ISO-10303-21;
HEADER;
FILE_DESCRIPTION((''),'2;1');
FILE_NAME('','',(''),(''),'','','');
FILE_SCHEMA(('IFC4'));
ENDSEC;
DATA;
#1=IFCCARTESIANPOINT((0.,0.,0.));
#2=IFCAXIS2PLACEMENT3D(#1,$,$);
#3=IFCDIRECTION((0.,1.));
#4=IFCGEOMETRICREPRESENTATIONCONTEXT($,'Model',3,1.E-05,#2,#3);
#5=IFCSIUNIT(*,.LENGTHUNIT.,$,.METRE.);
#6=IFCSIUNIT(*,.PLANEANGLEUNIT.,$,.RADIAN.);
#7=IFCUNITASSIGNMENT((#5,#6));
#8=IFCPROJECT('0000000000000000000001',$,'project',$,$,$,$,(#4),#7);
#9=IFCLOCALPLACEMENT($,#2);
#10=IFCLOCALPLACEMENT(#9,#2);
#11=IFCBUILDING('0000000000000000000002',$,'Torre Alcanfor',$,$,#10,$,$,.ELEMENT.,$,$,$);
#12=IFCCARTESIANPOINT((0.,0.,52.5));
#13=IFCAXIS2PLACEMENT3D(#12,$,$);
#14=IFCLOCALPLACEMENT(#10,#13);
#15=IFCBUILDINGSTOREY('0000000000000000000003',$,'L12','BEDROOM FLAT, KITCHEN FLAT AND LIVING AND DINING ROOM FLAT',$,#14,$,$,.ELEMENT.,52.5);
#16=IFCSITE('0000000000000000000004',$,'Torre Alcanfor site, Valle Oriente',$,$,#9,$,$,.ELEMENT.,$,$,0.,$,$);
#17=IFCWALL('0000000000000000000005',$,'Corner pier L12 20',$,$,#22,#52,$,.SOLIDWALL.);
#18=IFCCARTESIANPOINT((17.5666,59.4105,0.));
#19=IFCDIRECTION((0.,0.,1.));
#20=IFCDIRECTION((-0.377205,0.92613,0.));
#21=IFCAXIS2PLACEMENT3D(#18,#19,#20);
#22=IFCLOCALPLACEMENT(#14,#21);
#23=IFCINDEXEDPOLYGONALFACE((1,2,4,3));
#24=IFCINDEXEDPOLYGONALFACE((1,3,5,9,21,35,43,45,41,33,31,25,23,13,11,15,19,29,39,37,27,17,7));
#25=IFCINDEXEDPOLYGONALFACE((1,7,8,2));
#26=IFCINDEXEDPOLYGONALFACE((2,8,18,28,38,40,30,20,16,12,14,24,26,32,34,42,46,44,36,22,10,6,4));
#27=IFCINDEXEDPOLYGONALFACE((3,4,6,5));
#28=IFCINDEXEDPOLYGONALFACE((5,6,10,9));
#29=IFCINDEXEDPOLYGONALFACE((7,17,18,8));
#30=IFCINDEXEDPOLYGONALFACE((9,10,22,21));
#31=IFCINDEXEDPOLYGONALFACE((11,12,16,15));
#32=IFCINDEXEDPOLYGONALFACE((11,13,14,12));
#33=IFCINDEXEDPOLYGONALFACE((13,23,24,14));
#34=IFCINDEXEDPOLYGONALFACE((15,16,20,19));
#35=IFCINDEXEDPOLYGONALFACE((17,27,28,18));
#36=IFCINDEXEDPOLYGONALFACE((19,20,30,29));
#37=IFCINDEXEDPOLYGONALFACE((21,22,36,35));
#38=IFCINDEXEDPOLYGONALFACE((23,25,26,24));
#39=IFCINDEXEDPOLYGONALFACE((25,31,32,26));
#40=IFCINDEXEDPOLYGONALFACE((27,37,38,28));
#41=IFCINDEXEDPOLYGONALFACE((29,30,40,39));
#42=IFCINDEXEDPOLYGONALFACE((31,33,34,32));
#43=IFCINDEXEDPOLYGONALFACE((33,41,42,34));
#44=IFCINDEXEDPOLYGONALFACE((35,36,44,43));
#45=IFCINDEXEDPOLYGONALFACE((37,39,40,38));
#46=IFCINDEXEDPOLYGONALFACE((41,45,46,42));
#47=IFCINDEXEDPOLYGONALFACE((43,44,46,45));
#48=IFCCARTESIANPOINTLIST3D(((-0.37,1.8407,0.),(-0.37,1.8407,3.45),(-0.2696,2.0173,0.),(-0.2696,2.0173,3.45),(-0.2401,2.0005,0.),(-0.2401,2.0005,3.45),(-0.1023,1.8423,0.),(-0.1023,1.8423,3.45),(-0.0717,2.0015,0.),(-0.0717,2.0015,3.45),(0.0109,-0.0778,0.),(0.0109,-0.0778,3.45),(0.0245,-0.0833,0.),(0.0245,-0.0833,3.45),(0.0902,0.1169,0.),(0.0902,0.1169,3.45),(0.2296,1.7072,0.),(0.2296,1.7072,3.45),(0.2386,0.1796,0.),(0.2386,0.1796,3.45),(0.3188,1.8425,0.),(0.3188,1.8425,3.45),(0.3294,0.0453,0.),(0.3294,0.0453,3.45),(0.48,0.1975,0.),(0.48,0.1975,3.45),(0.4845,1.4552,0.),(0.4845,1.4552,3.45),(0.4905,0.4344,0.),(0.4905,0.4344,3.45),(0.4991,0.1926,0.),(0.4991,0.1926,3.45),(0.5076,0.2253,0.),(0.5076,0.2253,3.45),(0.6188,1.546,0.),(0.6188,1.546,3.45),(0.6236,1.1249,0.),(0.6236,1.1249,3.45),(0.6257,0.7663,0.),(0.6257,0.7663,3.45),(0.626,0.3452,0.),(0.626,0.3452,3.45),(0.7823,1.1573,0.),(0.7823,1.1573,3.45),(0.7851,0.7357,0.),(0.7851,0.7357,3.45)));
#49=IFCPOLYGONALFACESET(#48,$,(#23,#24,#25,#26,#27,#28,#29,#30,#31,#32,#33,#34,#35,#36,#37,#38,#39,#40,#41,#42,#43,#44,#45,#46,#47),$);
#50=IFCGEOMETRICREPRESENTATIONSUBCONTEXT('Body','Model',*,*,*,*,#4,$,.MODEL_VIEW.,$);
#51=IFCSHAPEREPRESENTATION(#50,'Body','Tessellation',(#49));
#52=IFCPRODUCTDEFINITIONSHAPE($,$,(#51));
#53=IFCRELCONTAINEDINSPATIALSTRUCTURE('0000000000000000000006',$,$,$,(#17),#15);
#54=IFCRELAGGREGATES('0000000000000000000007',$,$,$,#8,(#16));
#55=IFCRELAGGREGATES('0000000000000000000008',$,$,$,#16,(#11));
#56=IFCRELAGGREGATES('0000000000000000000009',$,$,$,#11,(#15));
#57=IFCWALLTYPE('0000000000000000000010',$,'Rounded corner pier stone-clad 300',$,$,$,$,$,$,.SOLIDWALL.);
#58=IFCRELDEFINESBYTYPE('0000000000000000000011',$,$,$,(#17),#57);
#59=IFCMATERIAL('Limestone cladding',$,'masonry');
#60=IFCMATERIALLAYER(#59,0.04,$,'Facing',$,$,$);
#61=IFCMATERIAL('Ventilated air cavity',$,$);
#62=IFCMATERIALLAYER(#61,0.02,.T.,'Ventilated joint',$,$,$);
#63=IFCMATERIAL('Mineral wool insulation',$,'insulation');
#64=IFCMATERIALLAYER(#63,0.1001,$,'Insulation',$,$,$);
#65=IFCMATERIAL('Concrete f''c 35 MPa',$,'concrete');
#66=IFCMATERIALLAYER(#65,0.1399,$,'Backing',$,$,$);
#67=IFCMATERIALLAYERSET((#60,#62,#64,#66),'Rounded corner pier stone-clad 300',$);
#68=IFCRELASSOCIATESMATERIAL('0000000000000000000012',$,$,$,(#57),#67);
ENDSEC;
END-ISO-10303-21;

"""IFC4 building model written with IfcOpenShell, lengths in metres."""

from ifc_helpers import new_model, si_unit, direction, frame, origin, place, context, subcontext, project, spatial, polyline, outline, extrude, material, layer, layer_set, type_object, element, save


model = new_model("IFC4")

# Units and contexts
model_context = context("Model", 3, precision=1e-05, world=origin(), true_north=direction((0.0, 1.0)))
body_context = subcontext(model_context, "Body", "Model", "MODEL_VIEW")
ifc_project = project(units=[si_unit("LENGTHUNIT", "METRE"), si_unit("PLANEANGLEUNIT", "RADIAN")], contexts=[model_context])

# Site, building, storey
site_placement = place(None, origin())
site = spatial("IfcSite", under=ifc_project, at=site_placement, Name="Torre Alcanfor site, Valle Oriente", CompositionType="ELEMENT", RefElevation=0.0)
building_placement = place(site_placement, origin())
building = spatial("IfcBuilding", under=site, at=building_placement, Name="Torre Alcanfor", CompositionType="ELEMENT")
storey_placement = place(building_placement, frame((0.0, 0.0, 52.5)))
storey = spatial("IfcBuildingStorey", under=building, at=storey_placement, Name="L12", Description="BEDROOM FLAT, KITCHEN FLAT AND LIVING AND DINING ROOM FLAT", CompositionType="ELEMENT", Elevation=52.5)

# Wall
ifc_material_1 = material(Name="Limestone cladding", Category="masonry")
ifc_layer_1 = layer(ifc_material_1, 0.04, Name="Facing")
ifc_material_2 = material(Name="Ventilated air cavity")
ifc_layer_2 = layer(ifc_material_2, 0.02, ventilated=True, Name="Ventilated joint")
ifc_material_3 = material(Name="Mineral wool insulation", Category="insulation")
ifc_layer_3 = layer(ifc_material_3, 0.1001, Name="Insulation")
ifc_material_4 = material(Name="Concrete f'c 35 MPa", Category="concrete")
ifc_layer_4 = layer(ifc_material_4, 0.1399, Name="Backing")
ifc_layer_set_1 = layer_set([ifc_layer_1, ifc_layer_2, ifc_layer_3, ifc_layer_4], Name="Rounded corner pier stone-clad 300")
wall_type_1 = type_object("IfcWallType", Name="Rounded corner pier stone-clad 300", PredefinedType="SOLIDWALL", material=ifc_layer_set_1)
wall_1_placement = place(storey_placement, frame((17.5666, 59.4105, 0.0), z_axis=(0.0, 0.0, 1.0), x_axis=(-0.377205, 0.92613, 0.0)))
element("IfcWall", 1, at=wall_1_placement, inside=storey, type_object=wall_type_1, Name="Corner pier L12 20", PredefinedType="SOLIDWALL", context=body_context, shape_type="SweptSolid", body=[
    extrude(outline(polyline([(-0.2696, 2.0173), (-0.37, 1.8407), (-0.1023, 1.8423), (0.2296, 1.7072), (0.4845, 1.4552), (0.6236, 1.1249), (0.6257, 0.7663), (0.4905, 0.4344), (0.2386, 0.1796), (0.0902, 0.1169), (0.0109, -0.0778), (0.0245, -0.0833), (0.3294, 0.0453), (0.48, 0.1975), (0.4991, 0.1926), (0.5076, 0.2253), (0.626, 0.3452), (0.7851, 0.7357), (0.7823, 1.1573), (0.6188, 1.546), (0.3188, 1.8425), (-0.0717, 2.0015), (-0.2401, 2.0005), (-0.2696, 2.0173)])), origin(), (0.0, 0.0, 1.0), 3.45),
])

save(model, "model.ifc")
